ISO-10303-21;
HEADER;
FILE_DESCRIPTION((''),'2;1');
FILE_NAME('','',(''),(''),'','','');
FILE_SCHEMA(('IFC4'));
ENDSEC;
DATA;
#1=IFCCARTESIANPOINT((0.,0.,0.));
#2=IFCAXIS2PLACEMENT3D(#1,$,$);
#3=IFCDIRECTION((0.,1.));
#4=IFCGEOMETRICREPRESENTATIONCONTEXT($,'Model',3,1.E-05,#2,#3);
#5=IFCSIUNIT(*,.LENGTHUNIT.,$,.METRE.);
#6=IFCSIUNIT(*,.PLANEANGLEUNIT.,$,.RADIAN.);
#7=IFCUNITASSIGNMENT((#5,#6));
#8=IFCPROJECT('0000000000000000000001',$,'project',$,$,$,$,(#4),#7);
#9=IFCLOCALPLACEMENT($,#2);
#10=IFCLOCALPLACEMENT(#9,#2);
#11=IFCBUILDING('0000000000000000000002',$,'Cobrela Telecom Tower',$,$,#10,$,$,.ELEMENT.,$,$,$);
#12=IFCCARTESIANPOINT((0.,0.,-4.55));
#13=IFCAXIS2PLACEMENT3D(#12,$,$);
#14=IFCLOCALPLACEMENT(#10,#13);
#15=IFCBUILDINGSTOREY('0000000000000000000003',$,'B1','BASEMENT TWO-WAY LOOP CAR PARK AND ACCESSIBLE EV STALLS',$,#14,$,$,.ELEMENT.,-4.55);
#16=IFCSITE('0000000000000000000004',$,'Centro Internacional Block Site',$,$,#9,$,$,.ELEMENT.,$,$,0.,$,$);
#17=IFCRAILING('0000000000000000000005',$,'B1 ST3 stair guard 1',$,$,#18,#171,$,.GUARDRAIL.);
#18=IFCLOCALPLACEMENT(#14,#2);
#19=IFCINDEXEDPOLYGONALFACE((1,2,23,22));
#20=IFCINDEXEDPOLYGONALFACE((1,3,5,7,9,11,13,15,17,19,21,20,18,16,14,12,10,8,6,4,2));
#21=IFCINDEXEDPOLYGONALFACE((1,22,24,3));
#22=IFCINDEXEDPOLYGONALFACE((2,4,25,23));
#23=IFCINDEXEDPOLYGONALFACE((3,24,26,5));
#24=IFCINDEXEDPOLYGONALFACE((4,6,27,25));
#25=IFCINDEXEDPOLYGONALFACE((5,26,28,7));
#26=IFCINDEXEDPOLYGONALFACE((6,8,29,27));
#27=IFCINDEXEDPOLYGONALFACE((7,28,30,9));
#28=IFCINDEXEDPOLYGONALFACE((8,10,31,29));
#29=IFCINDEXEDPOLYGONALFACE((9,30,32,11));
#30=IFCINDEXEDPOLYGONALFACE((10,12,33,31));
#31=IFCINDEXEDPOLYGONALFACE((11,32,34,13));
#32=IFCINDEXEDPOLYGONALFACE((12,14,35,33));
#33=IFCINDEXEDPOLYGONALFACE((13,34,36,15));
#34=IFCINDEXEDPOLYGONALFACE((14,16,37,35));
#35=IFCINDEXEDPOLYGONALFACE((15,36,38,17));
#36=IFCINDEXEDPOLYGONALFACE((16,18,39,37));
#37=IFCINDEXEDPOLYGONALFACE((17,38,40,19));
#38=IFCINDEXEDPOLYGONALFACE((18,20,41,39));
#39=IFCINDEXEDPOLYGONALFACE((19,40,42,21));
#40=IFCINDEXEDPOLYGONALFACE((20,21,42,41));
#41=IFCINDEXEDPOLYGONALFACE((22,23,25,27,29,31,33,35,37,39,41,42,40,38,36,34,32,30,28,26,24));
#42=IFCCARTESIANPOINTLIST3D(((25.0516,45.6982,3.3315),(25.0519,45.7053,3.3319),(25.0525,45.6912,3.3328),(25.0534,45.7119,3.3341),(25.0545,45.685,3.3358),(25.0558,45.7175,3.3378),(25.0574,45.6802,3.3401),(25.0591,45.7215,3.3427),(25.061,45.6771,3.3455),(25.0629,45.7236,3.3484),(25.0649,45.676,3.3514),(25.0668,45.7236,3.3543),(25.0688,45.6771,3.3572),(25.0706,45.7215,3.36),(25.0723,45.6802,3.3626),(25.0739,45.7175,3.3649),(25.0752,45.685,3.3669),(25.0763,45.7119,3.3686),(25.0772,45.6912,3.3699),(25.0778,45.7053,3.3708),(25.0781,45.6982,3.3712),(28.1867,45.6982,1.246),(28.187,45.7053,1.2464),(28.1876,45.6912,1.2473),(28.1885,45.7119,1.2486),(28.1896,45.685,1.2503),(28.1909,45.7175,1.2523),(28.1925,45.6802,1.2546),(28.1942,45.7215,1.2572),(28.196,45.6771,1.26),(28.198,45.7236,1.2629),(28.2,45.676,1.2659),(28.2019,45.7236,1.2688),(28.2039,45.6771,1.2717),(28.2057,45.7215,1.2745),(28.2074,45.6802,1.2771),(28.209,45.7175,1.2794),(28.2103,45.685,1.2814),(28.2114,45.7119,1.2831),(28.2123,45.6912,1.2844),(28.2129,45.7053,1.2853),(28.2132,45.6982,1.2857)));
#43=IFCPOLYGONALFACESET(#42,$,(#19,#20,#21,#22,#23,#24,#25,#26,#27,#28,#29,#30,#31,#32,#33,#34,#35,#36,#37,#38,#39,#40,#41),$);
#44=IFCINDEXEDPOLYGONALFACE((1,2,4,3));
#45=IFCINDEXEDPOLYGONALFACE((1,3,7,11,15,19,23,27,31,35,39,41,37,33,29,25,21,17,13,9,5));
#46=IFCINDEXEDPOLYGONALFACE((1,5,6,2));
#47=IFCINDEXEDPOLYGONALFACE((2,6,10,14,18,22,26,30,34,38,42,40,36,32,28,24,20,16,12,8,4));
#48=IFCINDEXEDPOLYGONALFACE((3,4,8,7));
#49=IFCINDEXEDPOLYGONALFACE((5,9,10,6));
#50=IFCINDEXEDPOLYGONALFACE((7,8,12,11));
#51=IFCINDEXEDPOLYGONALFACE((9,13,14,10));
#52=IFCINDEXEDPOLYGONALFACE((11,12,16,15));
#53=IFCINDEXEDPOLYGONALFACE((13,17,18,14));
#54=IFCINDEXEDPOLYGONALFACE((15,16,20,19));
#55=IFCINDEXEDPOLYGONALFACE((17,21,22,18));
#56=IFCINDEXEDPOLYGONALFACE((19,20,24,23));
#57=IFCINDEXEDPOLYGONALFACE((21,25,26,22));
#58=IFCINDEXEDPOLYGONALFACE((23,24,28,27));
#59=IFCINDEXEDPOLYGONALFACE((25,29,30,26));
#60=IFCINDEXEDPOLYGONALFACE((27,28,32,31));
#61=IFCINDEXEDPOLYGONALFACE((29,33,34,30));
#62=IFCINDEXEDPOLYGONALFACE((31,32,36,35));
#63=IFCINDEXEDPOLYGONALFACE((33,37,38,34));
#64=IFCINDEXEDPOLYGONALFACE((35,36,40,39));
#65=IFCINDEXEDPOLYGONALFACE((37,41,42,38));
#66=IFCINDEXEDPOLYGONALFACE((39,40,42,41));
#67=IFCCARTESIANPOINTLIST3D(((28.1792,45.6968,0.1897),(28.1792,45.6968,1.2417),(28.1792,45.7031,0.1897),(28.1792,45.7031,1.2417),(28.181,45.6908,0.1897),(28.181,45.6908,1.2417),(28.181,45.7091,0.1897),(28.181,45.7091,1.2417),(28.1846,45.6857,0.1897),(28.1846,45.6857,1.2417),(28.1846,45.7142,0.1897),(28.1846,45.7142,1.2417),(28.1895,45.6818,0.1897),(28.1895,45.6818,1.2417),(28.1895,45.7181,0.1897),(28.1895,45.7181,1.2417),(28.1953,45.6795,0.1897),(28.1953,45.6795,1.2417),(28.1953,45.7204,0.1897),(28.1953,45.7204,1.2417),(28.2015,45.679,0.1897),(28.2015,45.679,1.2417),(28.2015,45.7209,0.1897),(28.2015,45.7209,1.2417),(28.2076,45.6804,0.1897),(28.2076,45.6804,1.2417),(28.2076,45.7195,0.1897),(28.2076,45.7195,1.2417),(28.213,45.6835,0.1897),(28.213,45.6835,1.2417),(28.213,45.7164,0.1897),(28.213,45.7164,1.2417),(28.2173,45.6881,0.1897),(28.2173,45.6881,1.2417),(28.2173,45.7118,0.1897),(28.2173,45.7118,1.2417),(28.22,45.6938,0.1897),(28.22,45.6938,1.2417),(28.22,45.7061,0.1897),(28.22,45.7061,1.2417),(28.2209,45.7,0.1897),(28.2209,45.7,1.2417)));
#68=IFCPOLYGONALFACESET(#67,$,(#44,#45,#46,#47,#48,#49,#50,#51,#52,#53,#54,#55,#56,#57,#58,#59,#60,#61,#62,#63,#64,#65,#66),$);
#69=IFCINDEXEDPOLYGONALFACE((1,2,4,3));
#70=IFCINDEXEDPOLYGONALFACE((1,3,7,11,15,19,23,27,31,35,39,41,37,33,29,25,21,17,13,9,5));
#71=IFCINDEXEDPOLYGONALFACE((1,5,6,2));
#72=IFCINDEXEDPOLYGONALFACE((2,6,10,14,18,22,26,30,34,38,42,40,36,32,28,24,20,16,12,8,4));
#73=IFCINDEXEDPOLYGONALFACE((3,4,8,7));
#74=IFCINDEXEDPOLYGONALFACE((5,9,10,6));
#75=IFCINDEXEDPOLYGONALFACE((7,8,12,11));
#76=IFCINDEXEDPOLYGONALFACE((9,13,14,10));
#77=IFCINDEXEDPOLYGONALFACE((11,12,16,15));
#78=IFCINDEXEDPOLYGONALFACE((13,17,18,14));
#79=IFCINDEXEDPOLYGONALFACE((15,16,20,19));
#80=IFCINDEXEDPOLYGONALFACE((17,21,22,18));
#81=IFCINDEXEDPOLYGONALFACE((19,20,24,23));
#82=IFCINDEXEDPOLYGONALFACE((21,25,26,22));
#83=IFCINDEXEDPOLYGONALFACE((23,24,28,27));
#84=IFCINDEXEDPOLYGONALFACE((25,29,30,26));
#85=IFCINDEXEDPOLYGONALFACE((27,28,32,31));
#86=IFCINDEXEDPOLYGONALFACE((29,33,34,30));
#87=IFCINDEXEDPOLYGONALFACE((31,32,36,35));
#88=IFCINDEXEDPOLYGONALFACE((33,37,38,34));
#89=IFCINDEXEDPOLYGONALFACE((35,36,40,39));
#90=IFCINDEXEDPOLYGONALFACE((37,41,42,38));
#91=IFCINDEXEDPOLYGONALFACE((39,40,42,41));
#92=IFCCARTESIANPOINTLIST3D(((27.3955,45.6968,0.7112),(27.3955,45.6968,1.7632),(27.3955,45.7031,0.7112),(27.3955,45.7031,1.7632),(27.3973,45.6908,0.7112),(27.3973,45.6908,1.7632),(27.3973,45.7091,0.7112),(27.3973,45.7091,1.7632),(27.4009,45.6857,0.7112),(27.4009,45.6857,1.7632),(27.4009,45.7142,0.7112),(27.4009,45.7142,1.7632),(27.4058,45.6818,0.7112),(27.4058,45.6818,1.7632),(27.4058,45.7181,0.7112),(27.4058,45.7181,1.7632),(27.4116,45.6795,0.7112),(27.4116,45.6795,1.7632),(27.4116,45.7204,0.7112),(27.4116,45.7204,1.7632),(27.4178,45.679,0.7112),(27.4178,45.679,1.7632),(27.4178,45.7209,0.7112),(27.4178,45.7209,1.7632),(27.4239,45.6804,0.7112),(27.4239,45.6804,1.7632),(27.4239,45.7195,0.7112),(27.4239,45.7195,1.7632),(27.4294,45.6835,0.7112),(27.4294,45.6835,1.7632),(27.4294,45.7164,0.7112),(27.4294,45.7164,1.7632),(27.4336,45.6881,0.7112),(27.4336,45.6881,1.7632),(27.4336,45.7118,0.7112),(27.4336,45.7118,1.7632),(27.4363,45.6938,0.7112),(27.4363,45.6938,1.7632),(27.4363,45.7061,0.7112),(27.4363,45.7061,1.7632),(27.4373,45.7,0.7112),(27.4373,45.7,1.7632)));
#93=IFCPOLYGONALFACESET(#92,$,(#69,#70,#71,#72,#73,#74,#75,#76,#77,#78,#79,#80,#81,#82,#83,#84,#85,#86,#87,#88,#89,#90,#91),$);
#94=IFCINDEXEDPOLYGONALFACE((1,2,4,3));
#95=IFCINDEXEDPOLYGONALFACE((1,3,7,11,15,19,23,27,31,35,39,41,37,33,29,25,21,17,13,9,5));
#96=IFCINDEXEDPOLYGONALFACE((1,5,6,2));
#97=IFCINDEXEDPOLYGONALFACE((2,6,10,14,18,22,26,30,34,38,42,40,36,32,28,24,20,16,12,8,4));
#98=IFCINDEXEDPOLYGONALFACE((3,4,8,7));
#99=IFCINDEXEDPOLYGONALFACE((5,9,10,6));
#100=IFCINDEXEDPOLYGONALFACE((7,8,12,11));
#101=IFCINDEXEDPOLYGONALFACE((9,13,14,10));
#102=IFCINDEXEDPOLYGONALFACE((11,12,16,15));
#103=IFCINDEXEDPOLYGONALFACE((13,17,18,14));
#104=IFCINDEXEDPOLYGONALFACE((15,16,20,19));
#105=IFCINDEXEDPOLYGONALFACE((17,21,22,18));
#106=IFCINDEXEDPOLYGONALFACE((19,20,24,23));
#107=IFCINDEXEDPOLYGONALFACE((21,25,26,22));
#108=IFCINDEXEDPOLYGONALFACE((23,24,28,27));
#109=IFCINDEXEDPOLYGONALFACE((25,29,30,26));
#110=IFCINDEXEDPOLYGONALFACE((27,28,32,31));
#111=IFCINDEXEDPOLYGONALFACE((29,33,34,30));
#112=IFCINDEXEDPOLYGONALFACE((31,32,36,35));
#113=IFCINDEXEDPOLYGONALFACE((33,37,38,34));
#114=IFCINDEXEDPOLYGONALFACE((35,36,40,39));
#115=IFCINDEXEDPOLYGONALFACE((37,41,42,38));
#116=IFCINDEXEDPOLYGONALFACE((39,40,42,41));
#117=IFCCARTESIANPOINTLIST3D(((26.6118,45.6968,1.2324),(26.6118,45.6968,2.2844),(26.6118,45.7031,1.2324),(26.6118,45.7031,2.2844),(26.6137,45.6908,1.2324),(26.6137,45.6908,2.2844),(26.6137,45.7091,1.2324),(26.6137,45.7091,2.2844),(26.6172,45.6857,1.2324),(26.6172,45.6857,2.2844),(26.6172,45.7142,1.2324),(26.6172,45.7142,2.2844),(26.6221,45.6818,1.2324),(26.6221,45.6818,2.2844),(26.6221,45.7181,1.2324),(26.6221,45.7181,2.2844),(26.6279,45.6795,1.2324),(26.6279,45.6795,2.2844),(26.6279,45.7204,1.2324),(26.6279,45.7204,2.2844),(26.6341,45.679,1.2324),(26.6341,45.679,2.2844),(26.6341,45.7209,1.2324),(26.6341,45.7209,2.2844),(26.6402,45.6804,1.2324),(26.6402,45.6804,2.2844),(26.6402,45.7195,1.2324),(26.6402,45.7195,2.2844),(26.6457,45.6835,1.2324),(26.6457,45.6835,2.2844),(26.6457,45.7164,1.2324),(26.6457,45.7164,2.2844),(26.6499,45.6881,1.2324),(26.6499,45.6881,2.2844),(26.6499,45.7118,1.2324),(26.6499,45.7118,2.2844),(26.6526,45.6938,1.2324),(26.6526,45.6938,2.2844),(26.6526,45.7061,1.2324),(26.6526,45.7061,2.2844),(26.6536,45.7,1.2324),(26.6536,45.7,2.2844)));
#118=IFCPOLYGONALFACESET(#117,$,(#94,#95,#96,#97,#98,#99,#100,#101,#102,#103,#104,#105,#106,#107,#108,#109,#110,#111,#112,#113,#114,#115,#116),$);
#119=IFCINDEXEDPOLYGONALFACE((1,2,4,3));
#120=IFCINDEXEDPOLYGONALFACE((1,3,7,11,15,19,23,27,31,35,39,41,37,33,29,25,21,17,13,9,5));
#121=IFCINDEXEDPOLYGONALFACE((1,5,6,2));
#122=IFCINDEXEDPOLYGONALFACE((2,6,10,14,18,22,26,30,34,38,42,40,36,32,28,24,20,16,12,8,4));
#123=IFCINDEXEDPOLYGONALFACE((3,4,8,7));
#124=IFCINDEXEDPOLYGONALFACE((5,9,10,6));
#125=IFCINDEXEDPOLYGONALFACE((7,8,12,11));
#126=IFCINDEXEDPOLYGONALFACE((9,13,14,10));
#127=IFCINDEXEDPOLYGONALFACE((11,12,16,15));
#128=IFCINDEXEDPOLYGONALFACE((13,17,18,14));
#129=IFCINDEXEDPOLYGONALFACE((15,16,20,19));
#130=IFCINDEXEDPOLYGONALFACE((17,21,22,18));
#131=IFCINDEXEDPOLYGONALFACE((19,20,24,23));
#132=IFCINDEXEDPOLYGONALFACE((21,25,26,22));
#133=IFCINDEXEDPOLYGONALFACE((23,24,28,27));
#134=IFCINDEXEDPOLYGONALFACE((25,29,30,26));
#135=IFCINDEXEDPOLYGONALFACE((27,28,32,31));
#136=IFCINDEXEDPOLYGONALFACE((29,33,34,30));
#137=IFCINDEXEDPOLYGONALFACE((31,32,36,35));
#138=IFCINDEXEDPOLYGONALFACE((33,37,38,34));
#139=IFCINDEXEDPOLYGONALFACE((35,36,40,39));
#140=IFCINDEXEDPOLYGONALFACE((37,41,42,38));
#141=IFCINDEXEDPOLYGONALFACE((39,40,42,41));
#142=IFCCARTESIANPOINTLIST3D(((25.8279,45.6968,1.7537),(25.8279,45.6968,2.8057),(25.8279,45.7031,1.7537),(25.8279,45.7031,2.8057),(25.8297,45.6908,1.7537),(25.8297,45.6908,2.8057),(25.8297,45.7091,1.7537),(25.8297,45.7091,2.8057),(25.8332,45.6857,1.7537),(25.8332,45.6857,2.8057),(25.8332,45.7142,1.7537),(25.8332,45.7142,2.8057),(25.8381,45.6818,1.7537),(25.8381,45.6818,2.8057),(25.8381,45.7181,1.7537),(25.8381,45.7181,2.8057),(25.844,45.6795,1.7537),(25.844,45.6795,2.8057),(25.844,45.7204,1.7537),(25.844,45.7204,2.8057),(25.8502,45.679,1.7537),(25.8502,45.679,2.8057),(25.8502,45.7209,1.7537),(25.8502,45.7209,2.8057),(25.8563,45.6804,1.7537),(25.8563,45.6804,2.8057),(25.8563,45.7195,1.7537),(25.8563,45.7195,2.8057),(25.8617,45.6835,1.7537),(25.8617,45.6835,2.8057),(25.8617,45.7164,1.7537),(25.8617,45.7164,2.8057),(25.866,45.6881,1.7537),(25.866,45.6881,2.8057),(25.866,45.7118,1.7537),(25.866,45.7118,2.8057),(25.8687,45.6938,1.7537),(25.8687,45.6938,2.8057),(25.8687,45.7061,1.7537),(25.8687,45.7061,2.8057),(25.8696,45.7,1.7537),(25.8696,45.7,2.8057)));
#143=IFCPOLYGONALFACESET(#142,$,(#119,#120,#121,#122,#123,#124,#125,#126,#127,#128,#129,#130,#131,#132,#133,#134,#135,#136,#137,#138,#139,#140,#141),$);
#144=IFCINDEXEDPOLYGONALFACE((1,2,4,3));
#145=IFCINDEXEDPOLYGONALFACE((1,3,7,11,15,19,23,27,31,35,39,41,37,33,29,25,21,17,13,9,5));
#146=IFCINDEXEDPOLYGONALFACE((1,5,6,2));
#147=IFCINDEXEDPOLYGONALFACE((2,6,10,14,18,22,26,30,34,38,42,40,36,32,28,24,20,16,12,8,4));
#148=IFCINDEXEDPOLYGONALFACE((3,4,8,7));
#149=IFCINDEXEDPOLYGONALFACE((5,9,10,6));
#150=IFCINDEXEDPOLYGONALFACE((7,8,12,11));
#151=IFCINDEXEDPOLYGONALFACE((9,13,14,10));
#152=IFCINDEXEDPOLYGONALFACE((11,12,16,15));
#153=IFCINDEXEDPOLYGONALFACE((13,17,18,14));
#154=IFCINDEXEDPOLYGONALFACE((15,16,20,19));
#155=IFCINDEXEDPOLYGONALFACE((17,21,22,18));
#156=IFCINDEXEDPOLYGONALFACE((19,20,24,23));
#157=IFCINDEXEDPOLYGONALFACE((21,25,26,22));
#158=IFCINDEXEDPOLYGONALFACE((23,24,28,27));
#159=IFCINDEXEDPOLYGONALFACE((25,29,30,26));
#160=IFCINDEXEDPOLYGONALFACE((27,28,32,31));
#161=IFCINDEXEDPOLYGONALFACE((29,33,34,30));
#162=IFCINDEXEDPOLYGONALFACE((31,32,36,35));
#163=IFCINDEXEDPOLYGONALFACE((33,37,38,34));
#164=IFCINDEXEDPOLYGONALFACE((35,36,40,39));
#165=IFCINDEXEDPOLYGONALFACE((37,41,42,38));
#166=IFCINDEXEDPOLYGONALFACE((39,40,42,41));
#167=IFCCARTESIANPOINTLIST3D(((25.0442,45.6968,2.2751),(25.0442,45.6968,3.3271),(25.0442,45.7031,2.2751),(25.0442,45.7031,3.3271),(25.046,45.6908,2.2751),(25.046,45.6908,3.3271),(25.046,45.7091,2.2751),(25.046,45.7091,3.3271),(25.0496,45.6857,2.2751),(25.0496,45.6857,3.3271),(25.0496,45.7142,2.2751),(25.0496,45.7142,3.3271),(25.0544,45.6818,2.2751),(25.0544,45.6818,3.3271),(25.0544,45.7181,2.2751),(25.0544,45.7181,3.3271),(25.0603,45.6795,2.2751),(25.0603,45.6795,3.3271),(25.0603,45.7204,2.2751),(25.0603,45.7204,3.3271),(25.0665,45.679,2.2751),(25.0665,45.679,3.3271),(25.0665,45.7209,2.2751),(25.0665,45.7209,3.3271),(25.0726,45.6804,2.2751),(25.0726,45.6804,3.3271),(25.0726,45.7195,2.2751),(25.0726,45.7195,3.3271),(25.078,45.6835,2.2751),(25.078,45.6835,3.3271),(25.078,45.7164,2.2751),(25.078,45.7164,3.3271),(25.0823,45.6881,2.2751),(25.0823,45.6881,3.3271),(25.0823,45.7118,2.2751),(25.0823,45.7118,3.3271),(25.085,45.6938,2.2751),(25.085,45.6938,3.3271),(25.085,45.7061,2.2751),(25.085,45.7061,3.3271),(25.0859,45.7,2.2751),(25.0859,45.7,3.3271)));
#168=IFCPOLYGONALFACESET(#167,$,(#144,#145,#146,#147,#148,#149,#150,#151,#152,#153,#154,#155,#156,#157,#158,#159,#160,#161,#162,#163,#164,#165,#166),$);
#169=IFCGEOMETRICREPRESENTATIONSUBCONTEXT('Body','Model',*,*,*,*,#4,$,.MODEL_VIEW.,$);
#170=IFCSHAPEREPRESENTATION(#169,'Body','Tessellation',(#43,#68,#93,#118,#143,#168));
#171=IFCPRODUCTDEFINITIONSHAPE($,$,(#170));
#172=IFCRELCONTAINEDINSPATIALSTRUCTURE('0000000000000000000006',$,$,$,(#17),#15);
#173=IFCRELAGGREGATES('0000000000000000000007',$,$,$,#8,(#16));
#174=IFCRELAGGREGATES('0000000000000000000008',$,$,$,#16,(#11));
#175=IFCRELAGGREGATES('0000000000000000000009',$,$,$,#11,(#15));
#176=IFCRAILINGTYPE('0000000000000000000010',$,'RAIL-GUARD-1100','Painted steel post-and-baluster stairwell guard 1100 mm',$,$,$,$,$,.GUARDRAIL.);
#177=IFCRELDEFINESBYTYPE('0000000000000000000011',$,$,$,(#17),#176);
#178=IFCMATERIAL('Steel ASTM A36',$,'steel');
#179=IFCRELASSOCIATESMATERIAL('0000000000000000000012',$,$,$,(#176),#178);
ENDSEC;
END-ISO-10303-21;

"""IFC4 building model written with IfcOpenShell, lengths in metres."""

from ifc_helpers import new_model, si_unit, direction, frame, origin, origin_2d, place, context, subcontext, project, spatial, circle, extrude, material, type_object, element, save


model = new_model("IFC4")

# Units and contexts
model_context = context("Model", 3, precision=1e-05, world=origin(), true_north=direction((0.0, 1.0)))
body_context = subcontext(model_context, "Body", "Model", "MODEL_VIEW")
ifc_project = project(units=[si_unit("LENGTHUNIT", "METRE"), si_unit("PLANEANGLEUNIT", "RADIAN")], contexts=[model_context])

# Site, building, storey
site_placement = place(None, origin())
site = spatial("IfcSite", under=ifc_project, at=site_placement, Name="Centro Internacional Block Site", CompositionType="ELEMENT", RefElevation=0.0)
building_placement = place(site_placement, origin())
building = spatial("IfcBuilding", under=site, at=building_placement, Name="Cobrela Telecom Tower", CompositionType="ELEMENT")
storey_placement = place(building_placement, frame((0.0, 0.0, -4.55)))
storey = spatial("IfcBuildingStorey", under=building, at=storey_placement, Name="B1", Description="BASEMENT TWO-WAY LOOP CAR PARK AND ACCESSIBLE EV STALLS", CompositionType="ELEMENT", Elevation=-4.55)

# Shared definitions
ifc_material_1 = material(Name="Steel ASTM A36", Category="steel")

# Railing
railing_type_1 = type_object("IfcRailingType", Name="RAIL-GUARD-1100", Description="Painted steel post-and-baluster stairwell guard 1100 mm", PredefinedType="GUARDRAIL", material=ifc_material_1)
railing_1_placement = place(storey_placement, frame((28.2, 45.7, 0.1897)))
element("IfcRailing", 1, at=railing_1_placement, inside=storey, type_object=railing_type_1, Name="B1 ST3 stair guard 1", PredefinedType="GUARDRAIL", context=body_context, shape_type="SweptSolid", body=[
    extrude(circle(Radius=0.0239, at=origin_2d()), frame((0.0, 0.0, 1.0762), z_axis=(-0.832608, 0.0, 0.553862), x_axis=(0.0, -1.0, 0.0)), (0.0, 0.0, 1.0), 3.7654),
    extrude(circle(Radius=0.021, at=origin_2d()), origin(), (0.0, 0.0, 1.0), 1.052),
    extrude(circle(Radius=0.021, at=origin_2d()), frame((-0.7837, 0.0, 0.5215)), (0.0, 0.0, 1.0), 1.052),
    extrude(circle(Radius=0.021, at=origin_2d()), frame((-1.5674, 0.0, 1.0427)), (0.0, 0.0, 1.0), 1.052),
    extrude(circle(Radius=0.021, at=origin_2d()), frame((-2.3513, 0.0, 1.564)), (0.0, 0.0, 1.0), 1.052),
    extrude(circle(Radius=0.021, at=origin_2d()), frame((-3.135, 0.0, 2.0854)), (0.0, 0.0, 1.0), 1.052),
])

save(model, "model.ifc")
